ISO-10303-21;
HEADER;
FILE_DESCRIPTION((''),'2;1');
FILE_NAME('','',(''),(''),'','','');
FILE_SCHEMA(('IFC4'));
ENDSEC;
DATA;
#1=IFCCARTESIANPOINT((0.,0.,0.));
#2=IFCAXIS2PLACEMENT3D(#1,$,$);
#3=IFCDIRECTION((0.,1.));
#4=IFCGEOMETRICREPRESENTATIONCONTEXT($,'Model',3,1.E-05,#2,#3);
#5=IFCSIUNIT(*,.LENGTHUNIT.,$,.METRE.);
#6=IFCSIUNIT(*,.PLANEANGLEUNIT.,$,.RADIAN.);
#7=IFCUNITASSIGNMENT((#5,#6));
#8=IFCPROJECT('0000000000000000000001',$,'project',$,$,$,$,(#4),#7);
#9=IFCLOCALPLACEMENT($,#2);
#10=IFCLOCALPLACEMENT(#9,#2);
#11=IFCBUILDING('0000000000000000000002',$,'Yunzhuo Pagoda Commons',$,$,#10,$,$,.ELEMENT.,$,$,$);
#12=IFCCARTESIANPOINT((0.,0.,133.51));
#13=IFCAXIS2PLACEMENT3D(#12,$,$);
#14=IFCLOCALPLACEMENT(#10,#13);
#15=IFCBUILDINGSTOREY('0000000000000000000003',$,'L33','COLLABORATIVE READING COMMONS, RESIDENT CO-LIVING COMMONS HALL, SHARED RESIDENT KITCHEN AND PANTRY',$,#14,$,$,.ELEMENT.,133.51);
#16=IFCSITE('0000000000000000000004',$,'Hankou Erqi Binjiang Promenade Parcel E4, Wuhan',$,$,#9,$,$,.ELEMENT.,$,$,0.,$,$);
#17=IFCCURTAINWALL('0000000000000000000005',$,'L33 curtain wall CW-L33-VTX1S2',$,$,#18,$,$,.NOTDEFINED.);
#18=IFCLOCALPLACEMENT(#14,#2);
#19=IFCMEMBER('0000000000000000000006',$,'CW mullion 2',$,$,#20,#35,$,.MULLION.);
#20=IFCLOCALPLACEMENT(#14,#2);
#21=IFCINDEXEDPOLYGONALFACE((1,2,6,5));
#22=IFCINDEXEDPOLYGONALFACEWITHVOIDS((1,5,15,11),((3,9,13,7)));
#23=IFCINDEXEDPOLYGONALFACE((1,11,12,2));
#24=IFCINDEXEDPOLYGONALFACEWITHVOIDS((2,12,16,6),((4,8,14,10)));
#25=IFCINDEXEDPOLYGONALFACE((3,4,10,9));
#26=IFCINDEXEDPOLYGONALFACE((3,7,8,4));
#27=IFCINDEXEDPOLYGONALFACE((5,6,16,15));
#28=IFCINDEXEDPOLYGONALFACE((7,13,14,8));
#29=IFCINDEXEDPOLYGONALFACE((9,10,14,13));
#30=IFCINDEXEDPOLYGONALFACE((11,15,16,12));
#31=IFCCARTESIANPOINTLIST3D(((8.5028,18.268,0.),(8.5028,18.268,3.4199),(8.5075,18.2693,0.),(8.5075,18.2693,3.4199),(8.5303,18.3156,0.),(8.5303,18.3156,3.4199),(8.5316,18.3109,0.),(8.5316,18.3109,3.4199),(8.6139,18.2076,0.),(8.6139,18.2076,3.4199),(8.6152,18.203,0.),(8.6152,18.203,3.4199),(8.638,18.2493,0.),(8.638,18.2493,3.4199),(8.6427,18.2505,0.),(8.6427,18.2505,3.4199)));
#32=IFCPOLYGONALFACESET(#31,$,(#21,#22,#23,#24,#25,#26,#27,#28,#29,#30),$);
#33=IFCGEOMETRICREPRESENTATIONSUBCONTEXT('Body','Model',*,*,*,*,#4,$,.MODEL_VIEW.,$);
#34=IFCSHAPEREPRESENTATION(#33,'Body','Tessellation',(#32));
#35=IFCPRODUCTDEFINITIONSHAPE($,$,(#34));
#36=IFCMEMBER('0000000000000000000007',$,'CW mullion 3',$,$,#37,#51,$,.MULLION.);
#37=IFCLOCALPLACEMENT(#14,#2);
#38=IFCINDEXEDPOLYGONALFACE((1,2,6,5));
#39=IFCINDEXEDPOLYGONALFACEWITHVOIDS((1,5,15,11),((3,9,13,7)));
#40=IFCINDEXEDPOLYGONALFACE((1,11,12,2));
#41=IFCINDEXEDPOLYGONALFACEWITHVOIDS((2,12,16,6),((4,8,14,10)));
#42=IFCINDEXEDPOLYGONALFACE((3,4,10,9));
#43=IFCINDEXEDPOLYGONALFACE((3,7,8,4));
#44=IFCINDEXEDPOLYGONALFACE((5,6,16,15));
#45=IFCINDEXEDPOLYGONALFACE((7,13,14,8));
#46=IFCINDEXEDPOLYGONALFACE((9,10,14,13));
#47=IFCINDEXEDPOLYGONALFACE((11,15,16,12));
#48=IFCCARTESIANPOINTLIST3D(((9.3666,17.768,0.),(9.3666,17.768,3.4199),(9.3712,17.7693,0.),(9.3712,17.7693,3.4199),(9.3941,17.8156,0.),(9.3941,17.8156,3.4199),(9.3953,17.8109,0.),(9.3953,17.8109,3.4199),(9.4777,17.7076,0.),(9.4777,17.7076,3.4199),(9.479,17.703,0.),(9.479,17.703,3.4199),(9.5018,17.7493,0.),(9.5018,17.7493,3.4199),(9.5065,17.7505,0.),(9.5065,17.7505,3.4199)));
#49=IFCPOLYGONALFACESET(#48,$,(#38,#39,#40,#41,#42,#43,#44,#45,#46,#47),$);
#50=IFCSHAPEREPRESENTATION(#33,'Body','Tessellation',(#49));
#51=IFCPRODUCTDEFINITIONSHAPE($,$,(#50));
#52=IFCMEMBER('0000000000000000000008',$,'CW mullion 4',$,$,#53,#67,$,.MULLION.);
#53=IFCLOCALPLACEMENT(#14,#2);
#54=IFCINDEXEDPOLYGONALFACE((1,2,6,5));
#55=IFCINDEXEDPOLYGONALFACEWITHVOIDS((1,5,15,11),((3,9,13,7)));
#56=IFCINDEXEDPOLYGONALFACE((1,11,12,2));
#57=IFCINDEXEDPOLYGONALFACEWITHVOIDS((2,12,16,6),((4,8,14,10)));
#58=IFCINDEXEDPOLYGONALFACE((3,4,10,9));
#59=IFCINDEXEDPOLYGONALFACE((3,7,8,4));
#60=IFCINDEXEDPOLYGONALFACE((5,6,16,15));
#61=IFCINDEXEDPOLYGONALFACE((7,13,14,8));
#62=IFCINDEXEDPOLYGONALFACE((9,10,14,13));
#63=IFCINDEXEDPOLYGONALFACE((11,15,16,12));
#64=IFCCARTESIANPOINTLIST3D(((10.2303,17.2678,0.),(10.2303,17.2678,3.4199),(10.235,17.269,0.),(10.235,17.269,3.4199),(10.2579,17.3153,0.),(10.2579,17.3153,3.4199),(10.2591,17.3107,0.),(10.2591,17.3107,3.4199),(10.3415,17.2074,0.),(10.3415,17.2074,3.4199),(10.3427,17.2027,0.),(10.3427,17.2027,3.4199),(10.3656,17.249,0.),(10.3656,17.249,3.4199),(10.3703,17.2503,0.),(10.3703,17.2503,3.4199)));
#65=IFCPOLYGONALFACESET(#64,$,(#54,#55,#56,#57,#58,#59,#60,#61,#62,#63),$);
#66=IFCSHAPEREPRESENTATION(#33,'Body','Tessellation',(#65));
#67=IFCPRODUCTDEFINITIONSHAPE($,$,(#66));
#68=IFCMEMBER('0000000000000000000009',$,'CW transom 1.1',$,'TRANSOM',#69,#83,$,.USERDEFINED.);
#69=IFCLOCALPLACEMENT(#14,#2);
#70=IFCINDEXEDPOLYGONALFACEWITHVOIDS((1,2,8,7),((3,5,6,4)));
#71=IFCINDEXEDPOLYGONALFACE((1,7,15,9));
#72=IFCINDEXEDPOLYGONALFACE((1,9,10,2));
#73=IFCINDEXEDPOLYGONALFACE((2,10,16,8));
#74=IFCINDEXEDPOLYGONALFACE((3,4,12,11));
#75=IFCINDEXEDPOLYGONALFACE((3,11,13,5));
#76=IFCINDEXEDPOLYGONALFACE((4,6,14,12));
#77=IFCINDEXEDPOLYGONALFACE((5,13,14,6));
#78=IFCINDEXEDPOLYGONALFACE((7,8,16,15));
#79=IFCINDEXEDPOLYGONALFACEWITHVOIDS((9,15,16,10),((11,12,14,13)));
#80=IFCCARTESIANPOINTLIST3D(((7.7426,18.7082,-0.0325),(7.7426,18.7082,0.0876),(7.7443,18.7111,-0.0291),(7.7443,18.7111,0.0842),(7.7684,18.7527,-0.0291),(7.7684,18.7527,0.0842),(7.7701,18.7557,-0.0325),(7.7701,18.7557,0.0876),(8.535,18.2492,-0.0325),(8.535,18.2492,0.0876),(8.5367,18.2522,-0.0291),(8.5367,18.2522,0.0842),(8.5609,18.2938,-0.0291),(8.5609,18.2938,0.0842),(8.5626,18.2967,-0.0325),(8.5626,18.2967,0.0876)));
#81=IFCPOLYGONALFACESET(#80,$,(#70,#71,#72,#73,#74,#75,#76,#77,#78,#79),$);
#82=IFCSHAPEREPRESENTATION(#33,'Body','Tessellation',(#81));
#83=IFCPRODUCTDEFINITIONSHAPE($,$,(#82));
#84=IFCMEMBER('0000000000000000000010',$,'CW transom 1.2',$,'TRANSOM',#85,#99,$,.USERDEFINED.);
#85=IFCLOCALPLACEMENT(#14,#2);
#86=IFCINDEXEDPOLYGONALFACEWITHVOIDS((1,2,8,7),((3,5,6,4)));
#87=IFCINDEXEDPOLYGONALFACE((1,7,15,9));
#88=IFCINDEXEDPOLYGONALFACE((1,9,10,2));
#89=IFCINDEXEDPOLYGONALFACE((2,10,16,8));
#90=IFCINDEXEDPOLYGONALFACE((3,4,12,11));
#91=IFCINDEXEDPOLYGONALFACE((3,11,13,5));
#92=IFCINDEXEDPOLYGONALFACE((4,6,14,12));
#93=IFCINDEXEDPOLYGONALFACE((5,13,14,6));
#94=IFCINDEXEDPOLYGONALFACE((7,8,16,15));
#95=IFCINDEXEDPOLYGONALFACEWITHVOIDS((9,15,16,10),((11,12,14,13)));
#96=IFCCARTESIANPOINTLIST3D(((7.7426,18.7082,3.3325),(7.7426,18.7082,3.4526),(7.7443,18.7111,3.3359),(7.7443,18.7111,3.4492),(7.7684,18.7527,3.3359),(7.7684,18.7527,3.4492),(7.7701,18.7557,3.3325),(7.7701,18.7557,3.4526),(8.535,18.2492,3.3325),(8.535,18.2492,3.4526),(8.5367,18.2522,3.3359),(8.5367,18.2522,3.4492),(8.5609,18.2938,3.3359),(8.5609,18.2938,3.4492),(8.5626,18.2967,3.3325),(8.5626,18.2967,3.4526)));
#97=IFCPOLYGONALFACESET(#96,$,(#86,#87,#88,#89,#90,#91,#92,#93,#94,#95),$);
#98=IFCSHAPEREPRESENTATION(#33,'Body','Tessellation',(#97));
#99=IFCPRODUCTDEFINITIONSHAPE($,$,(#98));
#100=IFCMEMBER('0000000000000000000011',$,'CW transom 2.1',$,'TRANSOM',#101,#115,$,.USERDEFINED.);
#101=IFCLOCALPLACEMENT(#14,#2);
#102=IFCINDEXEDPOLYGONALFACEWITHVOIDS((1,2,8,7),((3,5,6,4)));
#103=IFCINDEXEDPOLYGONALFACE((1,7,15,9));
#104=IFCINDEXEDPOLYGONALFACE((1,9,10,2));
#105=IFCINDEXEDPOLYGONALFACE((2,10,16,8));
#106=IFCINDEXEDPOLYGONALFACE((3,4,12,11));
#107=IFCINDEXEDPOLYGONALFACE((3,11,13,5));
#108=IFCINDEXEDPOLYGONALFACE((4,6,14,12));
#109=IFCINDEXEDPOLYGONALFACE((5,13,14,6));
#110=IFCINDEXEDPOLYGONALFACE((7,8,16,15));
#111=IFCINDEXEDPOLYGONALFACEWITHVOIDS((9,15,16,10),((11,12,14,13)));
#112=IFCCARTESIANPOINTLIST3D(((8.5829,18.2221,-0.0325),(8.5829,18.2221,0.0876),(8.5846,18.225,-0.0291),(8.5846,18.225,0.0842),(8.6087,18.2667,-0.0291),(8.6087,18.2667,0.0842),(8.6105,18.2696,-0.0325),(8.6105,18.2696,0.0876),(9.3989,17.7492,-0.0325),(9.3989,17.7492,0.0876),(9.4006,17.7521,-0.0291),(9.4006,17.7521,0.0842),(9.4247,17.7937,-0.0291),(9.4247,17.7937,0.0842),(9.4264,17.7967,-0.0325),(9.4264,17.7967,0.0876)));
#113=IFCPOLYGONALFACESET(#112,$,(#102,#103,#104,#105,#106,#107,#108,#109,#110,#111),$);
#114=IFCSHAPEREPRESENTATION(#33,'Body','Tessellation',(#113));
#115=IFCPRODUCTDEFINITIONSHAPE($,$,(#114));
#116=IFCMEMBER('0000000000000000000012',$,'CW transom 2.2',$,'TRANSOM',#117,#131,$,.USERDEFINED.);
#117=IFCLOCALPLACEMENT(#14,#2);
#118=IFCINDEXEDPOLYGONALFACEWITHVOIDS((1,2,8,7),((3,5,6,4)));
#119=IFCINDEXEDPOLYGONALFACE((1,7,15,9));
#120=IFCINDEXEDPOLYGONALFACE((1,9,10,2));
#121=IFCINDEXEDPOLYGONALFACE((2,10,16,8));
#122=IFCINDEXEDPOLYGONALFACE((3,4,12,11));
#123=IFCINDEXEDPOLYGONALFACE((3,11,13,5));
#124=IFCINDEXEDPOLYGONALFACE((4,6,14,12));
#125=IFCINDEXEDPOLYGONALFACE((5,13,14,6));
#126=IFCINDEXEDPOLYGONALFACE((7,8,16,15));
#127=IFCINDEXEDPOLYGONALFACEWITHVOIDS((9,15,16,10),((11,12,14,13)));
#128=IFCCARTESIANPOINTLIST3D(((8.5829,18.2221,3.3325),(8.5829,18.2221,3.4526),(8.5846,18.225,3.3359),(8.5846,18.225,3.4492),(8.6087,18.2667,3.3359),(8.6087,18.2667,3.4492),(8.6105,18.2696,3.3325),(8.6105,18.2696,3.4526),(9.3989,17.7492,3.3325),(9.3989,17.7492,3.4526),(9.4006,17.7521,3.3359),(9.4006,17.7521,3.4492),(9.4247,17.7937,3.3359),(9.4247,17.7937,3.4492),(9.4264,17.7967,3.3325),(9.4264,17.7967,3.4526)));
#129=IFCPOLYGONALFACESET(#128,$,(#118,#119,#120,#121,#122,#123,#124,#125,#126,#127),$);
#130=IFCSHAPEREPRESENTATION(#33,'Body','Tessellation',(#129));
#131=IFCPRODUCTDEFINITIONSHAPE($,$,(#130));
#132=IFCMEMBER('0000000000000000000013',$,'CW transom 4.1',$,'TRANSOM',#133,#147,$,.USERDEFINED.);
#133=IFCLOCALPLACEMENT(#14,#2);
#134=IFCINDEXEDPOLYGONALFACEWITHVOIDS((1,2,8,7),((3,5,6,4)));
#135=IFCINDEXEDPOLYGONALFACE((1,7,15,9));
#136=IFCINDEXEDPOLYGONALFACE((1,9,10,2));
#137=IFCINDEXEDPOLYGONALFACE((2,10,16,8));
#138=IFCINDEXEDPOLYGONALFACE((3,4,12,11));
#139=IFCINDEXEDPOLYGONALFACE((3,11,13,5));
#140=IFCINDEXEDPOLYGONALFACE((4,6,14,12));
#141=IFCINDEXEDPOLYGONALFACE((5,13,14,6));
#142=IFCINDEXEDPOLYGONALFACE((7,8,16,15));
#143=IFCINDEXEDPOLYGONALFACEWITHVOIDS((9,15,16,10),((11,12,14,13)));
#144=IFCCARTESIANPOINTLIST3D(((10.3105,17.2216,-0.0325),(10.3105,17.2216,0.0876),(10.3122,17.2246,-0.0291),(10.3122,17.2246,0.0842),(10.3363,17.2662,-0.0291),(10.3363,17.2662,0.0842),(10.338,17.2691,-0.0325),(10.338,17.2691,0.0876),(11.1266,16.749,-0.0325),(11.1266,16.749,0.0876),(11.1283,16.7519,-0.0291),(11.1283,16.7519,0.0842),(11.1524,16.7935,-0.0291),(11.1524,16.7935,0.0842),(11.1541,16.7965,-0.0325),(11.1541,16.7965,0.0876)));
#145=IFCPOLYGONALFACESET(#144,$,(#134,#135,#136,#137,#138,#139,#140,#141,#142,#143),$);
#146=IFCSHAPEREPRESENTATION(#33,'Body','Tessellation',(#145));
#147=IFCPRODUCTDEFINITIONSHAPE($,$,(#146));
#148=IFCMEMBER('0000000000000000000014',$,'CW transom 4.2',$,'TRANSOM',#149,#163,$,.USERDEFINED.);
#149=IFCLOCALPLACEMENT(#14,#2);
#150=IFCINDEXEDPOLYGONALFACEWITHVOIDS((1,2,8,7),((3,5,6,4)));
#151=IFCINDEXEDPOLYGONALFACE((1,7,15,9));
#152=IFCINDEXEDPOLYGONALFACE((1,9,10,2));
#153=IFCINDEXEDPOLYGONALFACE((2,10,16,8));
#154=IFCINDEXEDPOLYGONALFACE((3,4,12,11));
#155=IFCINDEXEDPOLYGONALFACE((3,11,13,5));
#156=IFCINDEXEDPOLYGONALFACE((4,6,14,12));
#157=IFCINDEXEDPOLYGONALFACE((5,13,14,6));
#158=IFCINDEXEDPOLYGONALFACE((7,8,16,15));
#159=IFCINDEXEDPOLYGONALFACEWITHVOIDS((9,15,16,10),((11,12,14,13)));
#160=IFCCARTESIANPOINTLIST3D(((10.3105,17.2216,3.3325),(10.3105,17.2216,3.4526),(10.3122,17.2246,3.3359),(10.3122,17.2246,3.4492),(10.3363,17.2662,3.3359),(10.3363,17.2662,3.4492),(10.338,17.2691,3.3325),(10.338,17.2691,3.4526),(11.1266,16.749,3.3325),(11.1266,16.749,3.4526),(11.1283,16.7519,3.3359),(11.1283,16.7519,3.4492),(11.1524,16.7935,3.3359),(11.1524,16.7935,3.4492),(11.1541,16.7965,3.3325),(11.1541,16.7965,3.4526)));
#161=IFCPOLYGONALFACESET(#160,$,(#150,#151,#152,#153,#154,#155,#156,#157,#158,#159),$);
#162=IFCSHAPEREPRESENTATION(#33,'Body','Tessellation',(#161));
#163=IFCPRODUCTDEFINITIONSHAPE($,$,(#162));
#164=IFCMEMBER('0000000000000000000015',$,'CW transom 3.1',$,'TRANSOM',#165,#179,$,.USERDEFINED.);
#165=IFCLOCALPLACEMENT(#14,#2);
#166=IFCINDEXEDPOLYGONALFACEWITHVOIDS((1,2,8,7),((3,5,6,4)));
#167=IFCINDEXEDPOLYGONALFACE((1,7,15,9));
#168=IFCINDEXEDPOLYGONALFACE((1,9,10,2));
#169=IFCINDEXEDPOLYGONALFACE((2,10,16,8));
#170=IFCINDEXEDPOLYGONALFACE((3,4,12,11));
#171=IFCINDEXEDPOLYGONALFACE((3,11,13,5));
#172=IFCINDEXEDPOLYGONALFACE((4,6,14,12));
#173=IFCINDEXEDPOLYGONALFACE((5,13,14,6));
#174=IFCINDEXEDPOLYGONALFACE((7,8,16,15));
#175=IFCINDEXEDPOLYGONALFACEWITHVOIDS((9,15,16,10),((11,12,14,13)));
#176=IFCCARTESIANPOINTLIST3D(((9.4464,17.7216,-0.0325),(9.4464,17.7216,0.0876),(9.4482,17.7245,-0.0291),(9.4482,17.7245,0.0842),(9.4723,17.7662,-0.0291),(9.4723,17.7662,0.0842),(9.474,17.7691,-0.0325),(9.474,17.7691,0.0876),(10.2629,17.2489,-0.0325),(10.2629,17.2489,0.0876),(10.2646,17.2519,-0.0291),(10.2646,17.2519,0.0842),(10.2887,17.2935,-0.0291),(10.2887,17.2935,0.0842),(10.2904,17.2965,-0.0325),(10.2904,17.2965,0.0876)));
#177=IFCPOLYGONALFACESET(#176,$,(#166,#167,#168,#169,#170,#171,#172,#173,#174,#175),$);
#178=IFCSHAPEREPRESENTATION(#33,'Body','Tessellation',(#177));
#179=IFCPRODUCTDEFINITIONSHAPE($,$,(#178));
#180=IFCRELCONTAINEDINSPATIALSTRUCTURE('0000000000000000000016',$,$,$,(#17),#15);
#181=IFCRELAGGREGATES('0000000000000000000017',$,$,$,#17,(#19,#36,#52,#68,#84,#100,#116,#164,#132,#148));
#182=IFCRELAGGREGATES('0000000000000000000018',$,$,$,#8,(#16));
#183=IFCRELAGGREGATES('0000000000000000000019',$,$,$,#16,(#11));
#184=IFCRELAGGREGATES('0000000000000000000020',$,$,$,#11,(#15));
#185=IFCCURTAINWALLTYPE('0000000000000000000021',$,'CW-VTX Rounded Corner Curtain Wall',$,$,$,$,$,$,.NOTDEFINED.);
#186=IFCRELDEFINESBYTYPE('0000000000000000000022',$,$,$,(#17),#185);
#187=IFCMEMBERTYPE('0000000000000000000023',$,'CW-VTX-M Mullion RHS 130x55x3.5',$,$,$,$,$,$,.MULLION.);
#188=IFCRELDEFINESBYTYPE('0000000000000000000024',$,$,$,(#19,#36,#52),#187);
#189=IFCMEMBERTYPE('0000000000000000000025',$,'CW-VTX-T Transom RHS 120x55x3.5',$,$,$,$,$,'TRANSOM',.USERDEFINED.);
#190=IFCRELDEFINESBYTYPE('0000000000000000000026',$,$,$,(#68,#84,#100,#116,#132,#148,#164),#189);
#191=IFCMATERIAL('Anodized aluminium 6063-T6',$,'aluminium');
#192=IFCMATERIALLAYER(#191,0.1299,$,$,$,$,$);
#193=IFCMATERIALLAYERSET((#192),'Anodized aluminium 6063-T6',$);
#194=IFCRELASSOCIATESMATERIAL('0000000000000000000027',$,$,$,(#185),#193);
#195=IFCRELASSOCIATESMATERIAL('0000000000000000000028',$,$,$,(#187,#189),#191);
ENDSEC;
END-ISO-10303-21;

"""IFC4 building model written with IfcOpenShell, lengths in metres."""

from ifc_helpers import new_model, si_unit, direction, frame, origin, origin_2d, place, context, subcontext, project, spatial, hollow_rectangle, extrude, source, transform, mapped, material, layer, layer_set, material_profile, profile_set, type_object, element, aggregate, save


model = new_model("IFC4")

# Units and contexts
model_context = context("Model", 3, precision=1e-05, world=origin(), true_north=direction((0.0, 1.0)))
body_context = subcontext(model_context, "Body", "Model", "MODEL_VIEW")
ifc_project = project(units=[si_unit("LENGTHUNIT", "METRE"), si_unit("PLANEANGLEUNIT", "RADIAN")], contexts=[model_context])

# Site, building, storey
site_placement = place(None, origin())
site = spatial("IfcSite", under=ifc_project, at=site_placement, Name="Hankou Erqi Binjiang Promenade Parcel E4, Wuhan", CompositionType="ELEMENT", RefElevation=0.0)
building_placement = place(site_placement, origin())
building = spatial("IfcBuilding", under=site, at=building_placement, Name="Yunzhuo Pagoda Commons", CompositionType="ELEMENT")
storey_placement = place(building_placement, frame((0.0, 0.0, 133.51)))
storey = spatial("IfcBuildingStorey", under=building, at=storey_placement, Name="L33", Description="COLLABORATIVE READING COMMONS, RESIDENT CO-LIVING COMMONS HALL, SHARED RESIDENT KITCHEN AND PANTRY", CompositionType="ELEMENT", Elevation=133.51)

# Curtain wall, members
ifc_material_1 = material(Name="Anodized aluminium 6063-T6", Category="aluminium")
ifc_layer_1 = layer(ifc_material_1, 0.1299)
ifc_layer_set_1 = layer_set([ifc_layer_1], Name="Anodized aluminium 6063-T6")
curtain_wall_type = type_object("IfcCurtainWallType", Name="CW-VTX Rounded Corner Curtain Wall", PredefinedType="NOTDEFINED", material=ifc_layer_set_1)
curtain_wall_1_placement = place(storey_placement, origin())
curtain_wall_1 = element("IfcCurtainWall", 1, at=curtain_wall_1_placement, inside=storey, type_object=curtain_wall_type, Name="L33 curtain wall CW-L33-VTX1S2", PredefinedType="NOTDEFINED")
ifc_material_profile_1 = material_profile(ifc_material_1, hollow_rectangle(XDim=0.0549, YDim=0.1299, WallThickness=0.0034, at=origin_2d()), Name="Anodized aluminium 6063-T6")
ifc_profile_set_1 = profile_set([ifc_material_profile_1], Name="Anodized aluminium 6063-T6")
member_type_1 = type_object("IfcMemberType", Name="CW-VTX-M Mullion RHS 130x55x3.5", PredefinedType="MULLION", material=ifc_profile_set_1)
shared_shape_1 = source(origin(), body_context, "Body", "SweptSolid", [
    extrude(hollow_rectangle(XDim=0.0549, YDim=0.1299, WallThickness=0.0034, at=origin_2d()), origin(), (0.0, 0.0, 1.0), 3.4199),
])
member_1_placement = place(storey_placement, frame((8.5728, 18.2593, 0.0), z_axis=(0.0, 0.0, 1.0), x_axis=(0.501038, 0.865425, 0.0)))
member_1 = element("IfcMember", 2, at=member_1_placement, type_object=member_type_1, Name="CW mullion 2", PredefinedType="MULLION", context=body_context, shape_type="MappedRepresentation", body=[
    mapped(shared_shape_1, transform((0.0, 0.0, 0.0), scale=1.0)),
])
member_2_placement = place(storey_placement, frame((9.4365, 17.7593, 0.0), z_axis=(0.0, 0.0, 1.0), x_axis=(0.501038, 0.865425, 0.0)))
member_2 = element("IfcMember", 3, at=member_2_placement, type_object=member_type_1, Name="CW mullion 3", PredefinedType="MULLION", context=body_context, shape_type="MappedRepresentation", body=[
    mapped(shared_shape_1, transform((0.0, 0.0, 0.0), scale=1.0)),
])
member_3_placement = place(storey_placement, frame((10.3003, 17.259, 0.0), z_axis=(0.0, 0.0, 1.0), x_axis=(0.501038, 0.865425, 0.0)))
member_3 = element("IfcMember", 4, at=member_3_placement, type_object=member_type_1, Name="CW mullion 4", PredefinedType="MULLION", context=body_context, shape_type="MappedRepresentation", body=[
    mapped(shared_shape_1, transform((0.0, 0.0, 0.0), scale=1.0)),
])
ifc_material_profile_2 = material_profile(ifc_material_1, hollow_rectangle(XDim=0.0549, YDim=0.1201, WallThickness=0.0034, at=origin_2d()), Name="Anodized aluminium 6063-T6")
ifc_profile_set_2 = profile_set([ifc_material_profile_2], Name="Anodized aluminium 6063-T6")
member_type_2 = type_object("IfcMemberType", Name="CW-VTX-T Transom RHS 120x55x3.5", ElementType="TRANSOM", PredefinedType="USERDEFINED", material=ifc_profile_set_2)
shared_shape_2 = source(origin(), body_context, "Body", "SweptSolid", [
    extrude(hollow_rectangle(XDim=0.0549, YDim=0.1201, WallThickness=0.0034, at=origin_2d()), origin(), (0.0, 0.0, 1.0), 0.9158),
])
member_4_placement = place(storey_placement, frame((7.7563, 18.7319, 0.0276), z_axis=(0.865341, -0.501183, 0.0), x_axis=(0.501183, 0.865341, 0.0)))
member_4 = element("IfcMember", 5, at=member_4_placement, type_object=member_type_2, Name="CW transom 1.1", ObjectType="TRANSOM", PredefinedType="USERDEFINED", context=body_context, shape_type="MappedRepresentation", body=[
    mapped(shared_shape_2, transform((0.0, 0.0, 0.0), scale=1.0)),
])
member_5_placement = place(storey_placement, frame((7.7563, 18.7319, 3.3926), z_axis=(0.865341, -0.501183, 0.0), x_axis=(0.501183, 0.865341, 0.0)))
member_5 = element("IfcMember", 6, at=member_5_placement, type_object=member_type_2, Name="CW transom 1.2", ObjectType="TRANSOM", PredefinedType="USERDEFINED", context=body_context, shape_type="MappedRepresentation", body=[
    mapped(shared_shape_2, transform((0.0, 0.0, 0.0), scale=1.0)),
])
shared_shape_3 = source(origin(), body_context, "Body", "SweptSolid", [
    extrude(hollow_rectangle(XDim=0.0549, YDim=0.1201, WallThickness=0.0034, at=origin_2d()), origin(), (0.0, 0.0, 1.0), 0.9431),
])
member_6_placement = place(storey_placement, frame((8.5967, 18.2458, 0.0276), z_axis=(0.865184, -0.501455, 0.0), x_axis=(0.501455, 0.865184, 0.0)))
member_6 = element("IfcMember", 7, at=member_6_placement, type_object=member_type_2, Name="CW transom 2.1", ObjectType="TRANSOM", PredefinedType="USERDEFINED", context=body_context, shape_type="MappedRepresentation", body=[
    mapped(shared_shape_3, transform((0.0, 0.0, 0.0), scale=1.0)),
])
member_7_placement = place(storey_placement, frame((8.5967, 18.2458, 3.3926), z_axis=(0.865184, -0.501455, 0.0), x_axis=(0.501455, 0.865184, 0.0)))
member_7 = element("IfcMember", 8, at=member_7_placement, type_object=member_type_2, Name="CW transom 2.2", ObjectType="TRANSOM", PredefinedType="USERDEFINED", context=body_context, shape_type="MappedRepresentation", body=[
    mapped(shared_shape_3, transform((0.0, 0.0, 0.0), scale=1.0)),
])
member_8_placement = place(storey_placement, frame((10.3242, 17.2454, 0.0276), z_axis=(0.865361, -0.501149, 0.0), x_axis=(0.501149, 0.865361, 0.0)))
member_8 = element("IfcMember", 9, at=member_8_placement, type_object=member_type_2, Name="CW transom 4.1", ObjectType="TRANSOM", PredefinedType="USERDEFINED", context=body_context, shape_type="MappedRepresentation", body=[
    mapped(shared_shape_3, transform((0.0, 0.0, 0.0), scale=1.0)),
])
member_9_placement = place(storey_placement, frame((10.3242, 17.2454, 3.3926), z_axis=(0.865361, -0.501149, 0.0), x_axis=(0.501149, 0.865361, 0.0)))
member_9 = element("IfcMember", 10, at=member_9_placement, type_object=member_type_2, Name="CW transom 4.2", ObjectType="TRANSOM", PredefinedType="USERDEFINED", context=body_context, shape_type="MappedRepresentation", body=[
    mapped(shared_shape_3, transform((0.0, 0.0, 0.0), scale=1.0)),
])
shared_shape_4 = source(origin(), body_context, "Body", "SweptSolid", [
    extrude(hollow_rectangle(XDim=0.0549, YDim=0.1201, WallThickness=0.0034, at=origin_2d()), origin(), (0.0, 0.0, 1.0), 0.9434),
])
member_10_placement = place(storey_placement, frame((9.4602, 17.7454, 0.0276), z_axis=(0.865426, -0.501036, 0.0), x_axis=(0.501036, 0.865426, 0.0)))
member_10 = element("IfcMember", 11, at=member_10_placement, type_object=member_type_2, Name="CW transom 3.1", ObjectType="TRANSOM", PredefinedType="USERDEFINED", context=body_context, shape_type="MappedRepresentation", body=[
    mapped(shared_shape_4, transform((0.0, 0.0, 0.0), scale=1.0)),
])

aggregate(curtain_wall_1, [member_1, member_2, member_3, member_4, member_5, member_6, member_7, member_10, member_8, member_9])

save(model, "model.ifc")
